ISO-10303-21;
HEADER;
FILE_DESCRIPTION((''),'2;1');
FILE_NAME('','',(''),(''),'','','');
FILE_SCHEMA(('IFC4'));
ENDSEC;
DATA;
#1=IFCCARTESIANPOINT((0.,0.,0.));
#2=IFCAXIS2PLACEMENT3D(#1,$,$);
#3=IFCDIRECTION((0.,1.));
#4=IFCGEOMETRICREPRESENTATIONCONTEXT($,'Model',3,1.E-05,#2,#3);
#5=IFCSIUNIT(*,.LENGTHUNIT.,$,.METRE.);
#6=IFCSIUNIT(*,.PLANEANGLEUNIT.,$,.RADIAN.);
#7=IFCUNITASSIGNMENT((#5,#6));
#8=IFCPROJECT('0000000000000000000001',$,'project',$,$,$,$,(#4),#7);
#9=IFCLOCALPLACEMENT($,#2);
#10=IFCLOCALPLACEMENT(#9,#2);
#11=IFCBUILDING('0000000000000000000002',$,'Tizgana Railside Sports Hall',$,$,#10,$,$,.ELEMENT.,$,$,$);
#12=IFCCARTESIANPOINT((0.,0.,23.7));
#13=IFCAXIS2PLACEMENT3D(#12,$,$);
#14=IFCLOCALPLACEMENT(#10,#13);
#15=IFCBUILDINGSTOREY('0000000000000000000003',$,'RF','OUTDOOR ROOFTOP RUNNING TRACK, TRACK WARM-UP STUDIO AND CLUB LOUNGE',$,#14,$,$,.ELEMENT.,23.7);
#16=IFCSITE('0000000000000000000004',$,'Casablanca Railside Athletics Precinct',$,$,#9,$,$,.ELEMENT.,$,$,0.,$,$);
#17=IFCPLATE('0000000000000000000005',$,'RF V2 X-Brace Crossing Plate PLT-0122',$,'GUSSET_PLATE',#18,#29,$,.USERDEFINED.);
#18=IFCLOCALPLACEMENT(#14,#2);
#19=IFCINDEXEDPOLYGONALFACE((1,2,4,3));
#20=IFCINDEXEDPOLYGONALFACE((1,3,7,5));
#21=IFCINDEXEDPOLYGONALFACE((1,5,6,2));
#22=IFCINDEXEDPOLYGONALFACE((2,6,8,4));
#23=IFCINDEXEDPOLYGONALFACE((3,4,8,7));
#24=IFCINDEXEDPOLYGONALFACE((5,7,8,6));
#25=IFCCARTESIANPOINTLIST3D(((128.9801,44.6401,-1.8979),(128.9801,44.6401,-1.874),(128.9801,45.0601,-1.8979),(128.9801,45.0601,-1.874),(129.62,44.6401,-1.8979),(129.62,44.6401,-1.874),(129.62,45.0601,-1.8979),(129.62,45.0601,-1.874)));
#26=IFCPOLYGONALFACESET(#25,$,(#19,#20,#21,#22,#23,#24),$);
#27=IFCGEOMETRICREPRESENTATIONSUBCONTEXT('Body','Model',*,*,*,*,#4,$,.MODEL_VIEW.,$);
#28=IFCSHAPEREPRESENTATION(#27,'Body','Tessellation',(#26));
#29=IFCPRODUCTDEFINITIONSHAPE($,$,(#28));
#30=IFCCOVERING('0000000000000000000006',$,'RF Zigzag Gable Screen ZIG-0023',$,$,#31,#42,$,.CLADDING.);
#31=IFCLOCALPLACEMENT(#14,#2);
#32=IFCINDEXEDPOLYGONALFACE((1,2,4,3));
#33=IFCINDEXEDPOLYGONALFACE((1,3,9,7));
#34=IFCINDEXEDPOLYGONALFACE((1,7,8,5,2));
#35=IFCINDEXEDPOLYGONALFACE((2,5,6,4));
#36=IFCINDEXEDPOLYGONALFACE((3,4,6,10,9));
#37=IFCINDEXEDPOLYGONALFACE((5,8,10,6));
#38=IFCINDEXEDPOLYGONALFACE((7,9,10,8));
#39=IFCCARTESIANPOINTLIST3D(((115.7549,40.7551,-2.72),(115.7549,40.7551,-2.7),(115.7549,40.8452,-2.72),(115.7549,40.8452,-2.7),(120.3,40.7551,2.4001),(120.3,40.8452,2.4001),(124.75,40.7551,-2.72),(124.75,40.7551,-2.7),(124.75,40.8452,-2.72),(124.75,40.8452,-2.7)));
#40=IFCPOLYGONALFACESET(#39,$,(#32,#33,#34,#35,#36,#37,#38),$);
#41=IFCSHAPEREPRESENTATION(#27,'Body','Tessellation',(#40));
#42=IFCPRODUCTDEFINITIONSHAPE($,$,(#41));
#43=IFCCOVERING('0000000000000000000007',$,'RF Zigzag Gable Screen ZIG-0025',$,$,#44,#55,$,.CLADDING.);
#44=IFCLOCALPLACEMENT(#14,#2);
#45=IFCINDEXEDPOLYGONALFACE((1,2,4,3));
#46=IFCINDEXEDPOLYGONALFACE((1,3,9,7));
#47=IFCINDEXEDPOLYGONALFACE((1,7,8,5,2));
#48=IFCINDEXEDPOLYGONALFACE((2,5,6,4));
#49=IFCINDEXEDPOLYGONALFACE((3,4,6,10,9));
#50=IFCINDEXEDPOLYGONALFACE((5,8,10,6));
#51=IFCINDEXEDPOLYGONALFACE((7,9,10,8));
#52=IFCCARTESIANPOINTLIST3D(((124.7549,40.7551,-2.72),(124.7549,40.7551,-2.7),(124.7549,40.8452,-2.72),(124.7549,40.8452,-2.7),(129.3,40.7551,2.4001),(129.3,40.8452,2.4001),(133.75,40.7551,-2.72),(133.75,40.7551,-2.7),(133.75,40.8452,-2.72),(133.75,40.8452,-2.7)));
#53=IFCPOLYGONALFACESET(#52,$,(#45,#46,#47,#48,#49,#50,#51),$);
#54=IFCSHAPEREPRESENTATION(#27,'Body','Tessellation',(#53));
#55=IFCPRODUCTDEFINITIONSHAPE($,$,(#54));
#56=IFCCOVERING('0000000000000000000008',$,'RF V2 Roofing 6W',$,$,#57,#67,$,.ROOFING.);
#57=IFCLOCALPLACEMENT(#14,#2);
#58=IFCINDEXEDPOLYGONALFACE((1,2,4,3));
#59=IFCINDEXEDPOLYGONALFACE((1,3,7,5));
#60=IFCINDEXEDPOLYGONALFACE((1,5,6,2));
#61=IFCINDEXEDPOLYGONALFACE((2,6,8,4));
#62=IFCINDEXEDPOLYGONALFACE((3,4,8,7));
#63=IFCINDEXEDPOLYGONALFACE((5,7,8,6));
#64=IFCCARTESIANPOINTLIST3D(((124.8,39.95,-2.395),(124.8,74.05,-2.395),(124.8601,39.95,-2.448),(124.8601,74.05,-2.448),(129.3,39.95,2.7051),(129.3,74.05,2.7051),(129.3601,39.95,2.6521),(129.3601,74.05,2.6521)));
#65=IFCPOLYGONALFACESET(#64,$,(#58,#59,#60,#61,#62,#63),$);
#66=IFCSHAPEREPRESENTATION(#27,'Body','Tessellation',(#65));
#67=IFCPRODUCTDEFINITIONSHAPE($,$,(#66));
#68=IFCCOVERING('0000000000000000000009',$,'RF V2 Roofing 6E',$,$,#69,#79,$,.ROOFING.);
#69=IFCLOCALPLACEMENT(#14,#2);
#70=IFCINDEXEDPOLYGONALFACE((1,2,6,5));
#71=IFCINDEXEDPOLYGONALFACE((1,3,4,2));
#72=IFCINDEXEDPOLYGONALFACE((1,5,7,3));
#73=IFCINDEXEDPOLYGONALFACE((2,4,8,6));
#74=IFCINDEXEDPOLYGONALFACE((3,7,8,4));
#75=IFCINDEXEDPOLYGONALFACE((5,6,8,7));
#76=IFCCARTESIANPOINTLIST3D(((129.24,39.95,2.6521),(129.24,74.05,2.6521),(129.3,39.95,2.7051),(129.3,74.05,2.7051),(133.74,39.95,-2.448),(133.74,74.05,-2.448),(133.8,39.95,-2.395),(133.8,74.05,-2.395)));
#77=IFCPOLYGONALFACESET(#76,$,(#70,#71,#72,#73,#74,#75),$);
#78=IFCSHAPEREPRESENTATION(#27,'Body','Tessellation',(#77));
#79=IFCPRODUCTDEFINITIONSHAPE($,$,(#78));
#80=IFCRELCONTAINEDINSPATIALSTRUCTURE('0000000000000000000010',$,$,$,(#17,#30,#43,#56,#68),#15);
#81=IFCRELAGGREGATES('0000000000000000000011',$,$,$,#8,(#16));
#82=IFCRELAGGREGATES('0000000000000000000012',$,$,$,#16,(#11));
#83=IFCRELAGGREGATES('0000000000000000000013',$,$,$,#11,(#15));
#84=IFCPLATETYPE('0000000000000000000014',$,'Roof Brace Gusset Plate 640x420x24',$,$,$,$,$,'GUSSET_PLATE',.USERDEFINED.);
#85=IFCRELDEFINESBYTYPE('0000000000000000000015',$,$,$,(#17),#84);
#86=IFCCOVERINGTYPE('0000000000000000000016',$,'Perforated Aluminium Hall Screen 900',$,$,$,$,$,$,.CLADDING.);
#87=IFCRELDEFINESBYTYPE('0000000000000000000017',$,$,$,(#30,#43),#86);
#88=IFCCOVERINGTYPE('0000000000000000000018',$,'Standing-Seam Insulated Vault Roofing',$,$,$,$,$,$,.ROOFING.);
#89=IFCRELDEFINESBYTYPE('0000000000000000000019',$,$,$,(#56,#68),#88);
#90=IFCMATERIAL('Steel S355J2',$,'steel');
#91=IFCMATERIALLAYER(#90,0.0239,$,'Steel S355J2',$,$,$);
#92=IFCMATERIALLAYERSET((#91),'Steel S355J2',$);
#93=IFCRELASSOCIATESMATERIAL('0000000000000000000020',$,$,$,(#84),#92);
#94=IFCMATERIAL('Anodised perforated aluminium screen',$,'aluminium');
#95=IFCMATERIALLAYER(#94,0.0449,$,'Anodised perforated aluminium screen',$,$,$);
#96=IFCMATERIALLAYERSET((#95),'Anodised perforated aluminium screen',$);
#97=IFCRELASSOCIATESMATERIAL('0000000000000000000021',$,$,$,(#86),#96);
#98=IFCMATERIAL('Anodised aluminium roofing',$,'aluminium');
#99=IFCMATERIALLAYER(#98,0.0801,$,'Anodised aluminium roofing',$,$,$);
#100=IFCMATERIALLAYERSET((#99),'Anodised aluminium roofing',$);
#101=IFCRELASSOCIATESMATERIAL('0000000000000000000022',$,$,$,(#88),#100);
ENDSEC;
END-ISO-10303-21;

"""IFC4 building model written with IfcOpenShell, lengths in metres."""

from ifc_helpers import new_model, si_unit, direction, frame, origin, origin_2d, place, context, subcontext, project, spatial, polyline, rectangle, outline, extrude, material, layer, layer_set, type_object, element, save


model = new_model("IFC4")

# Units and contexts
model_context = context("Model", 3, precision=1e-05, world=origin(), true_north=direction((0.0, 1.0)))
body_context = subcontext(model_context, "Body", "Model", "MODEL_VIEW")
ifc_project = project(units=[si_unit("LENGTHUNIT", "METRE"), si_unit("PLANEANGLEUNIT", "RADIAN")], contexts=[model_context])

# Site, building, storey
site_placement = place(None, origin())
site = spatial("IfcSite", under=ifc_project, at=site_placement, Name="Casablanca Railside Athletics Precinct", CompositionType="ELEMENT", RefElevation=0.0)
building_placement = place(site_placement, origin())
building = spatial("IfcBuilding", under=site, at=building_placement, Name="Tizgana Railside Sports Hall", CompositionType="ELEMENT")
storey_placement = place(building_placement, frame((0.0, 0.0, 23.7)))
storey = spatial("IfcBuildingStorey", under=building, at=storey_placement, Name="RF", Description="OUTDOOR ROOFTOP RUNNING TRACK, TRACK WARM-UP STUDIO AND CLUB LOUNGE", CompositionType="ELEMENT", Elevation=23.7)

# Shared definitions
ifc_material_1 = material(Name="Steel S355J2", Category="steel")

# Plate
ifc_layer_1 = layer(ifc_material_1, 0.0239, Name="Steel S355J2")
ifc_layer_set_1 = layer_set([ifc_layer_1], Name="Steel S355J2")
plate_type_1 = type_object("IfcPlateType", Name="Roof Brace Gusset Plate 640x420x24", ElementType="GUSSET_PLATE", PredefinedType="USERDEFINED", material=ifc_layer_set_1)
plate_placement = place(storey_placement, frame((129.3, 44.8501, -1.8979), z_axis=(0.0, 0.0, 1.0), x_axis=(1.0, 0.0, 0.0)))
element("IfcPlate", 1, at=plate_placement, inside=storey, type_object=plate_type_1, Name="RF V2 X-Brace Crossing Plate PLT-0122", ObjectType="GUSSET_PLATE", PredefinedType="USERDEFINED", context=body_context, shape_type="SweptSolid", body=[
    extrude(rectangle(XDim=0.6399, YDim=0.4199, at=origin_2d()), origin(), (0.0, 0.0, 1.0), 0.0239),
])

# Coverings
ifc_material_2 = material(Name="Anodised perforated aluminium screen", Category="aluminium")
ifc_layer_2 = layer(ifc_material_2, 0.0449, Name="Anodised perforated aluminium screen")
ifc_layer_set_2 = layer_set([ifc_layer_2], Name="Anodised perforated aluminium screen")
covering_type_1 = type_object("IfcCoveringType", Name="Perforated Aluminium Hall Screen 900", PredefinedType="CLADDING", material=ifc_layer_set_2)
for number, where, z_axis, x_axis, name in (
    (2, (124.75, 40.8, -2.72), (0.0, 0.0, 1.0), (-1.0, 0.0, 0.0), "RF Zigzag Gable Screen ZIG-0023"),
    (3, (133.75, 40.8, -2.72), (0.0, 0.0, 1.0), (-1.0, 0.0, 0.0), "RF Zigzag Gable Screen ZIG-0025"),
):
    element("IfcCovering", number, at=place(storey_placement, frame(where, z_axis=z_axis, x_axis=x_axis)), inside=storey, type_object=covering_type_1, Name=name, PredefinedType="CLADDING", context=body_context, shape_type="SweptSolid", body=[
        extrude(outline(polyline([(0.0, 0.0), (8.9951, 0.0), (8.9951, 0.02), (4.45, 5.1201), (0.0, 0.02), (0.0, 0.0)])), frame((0.0, 0.0449, 0.0), z_axis=(0.0, -1.0, 0.0), x_axis=(1.0, 0.0, 0.0)), (0.0, 0.0, 1.0), 0.0901),
    ])
ifc_material_3 = material(Name="Anodised aluminium roofing", Category="aluminium")
ifc_layer_3 = layer(ifc_material_3, 0.0801, Name="Anodised aluminium roofing")
ifc_layer_set_3 = layer_set([ifc_layer_3], Name="Anodised aluminium roofing")
covering_type_2 = type_object("IfcCoveringType", Name="Standing-Seam Insulated Vault Roofing", PredefinedType="ROOFING", material=ifc_layer_set_3)
for number, where, z_axis, x_axis, name in (
    (4, (124.8, 39.95, -2.395), (-0.749844, 0.0, 0.661615), (0.661615, 0.0, 0.749844), "RF V2 Roofing 6W"),
    (5, (129.3, 39.95, 2.7051), (0.749844, 0.0, 0.661615), (0.661615, 0.0, -0.749844), "RF V2 Roofing 6E"),
):
    element("IfcCovering", number, at=place(storey_placement, frame(where, z_axis=z_axis, x_axis=x_axis)), inside=storey, type_object=covering_type_2, Name=name, PredefinedType="ROOFING", context=body_context, shape_type="SweptSolid", body=[
        extrude(outline(polyline([(0.0, 0.0), (6.8015, 0.0), (6.8015, 34.1001), (0.0, 34.1001), (0.0, 0.0)])), origin(), (0.0, 0.0, -1.0), 0.0801),
    ])

save(model, "model.ifc")
